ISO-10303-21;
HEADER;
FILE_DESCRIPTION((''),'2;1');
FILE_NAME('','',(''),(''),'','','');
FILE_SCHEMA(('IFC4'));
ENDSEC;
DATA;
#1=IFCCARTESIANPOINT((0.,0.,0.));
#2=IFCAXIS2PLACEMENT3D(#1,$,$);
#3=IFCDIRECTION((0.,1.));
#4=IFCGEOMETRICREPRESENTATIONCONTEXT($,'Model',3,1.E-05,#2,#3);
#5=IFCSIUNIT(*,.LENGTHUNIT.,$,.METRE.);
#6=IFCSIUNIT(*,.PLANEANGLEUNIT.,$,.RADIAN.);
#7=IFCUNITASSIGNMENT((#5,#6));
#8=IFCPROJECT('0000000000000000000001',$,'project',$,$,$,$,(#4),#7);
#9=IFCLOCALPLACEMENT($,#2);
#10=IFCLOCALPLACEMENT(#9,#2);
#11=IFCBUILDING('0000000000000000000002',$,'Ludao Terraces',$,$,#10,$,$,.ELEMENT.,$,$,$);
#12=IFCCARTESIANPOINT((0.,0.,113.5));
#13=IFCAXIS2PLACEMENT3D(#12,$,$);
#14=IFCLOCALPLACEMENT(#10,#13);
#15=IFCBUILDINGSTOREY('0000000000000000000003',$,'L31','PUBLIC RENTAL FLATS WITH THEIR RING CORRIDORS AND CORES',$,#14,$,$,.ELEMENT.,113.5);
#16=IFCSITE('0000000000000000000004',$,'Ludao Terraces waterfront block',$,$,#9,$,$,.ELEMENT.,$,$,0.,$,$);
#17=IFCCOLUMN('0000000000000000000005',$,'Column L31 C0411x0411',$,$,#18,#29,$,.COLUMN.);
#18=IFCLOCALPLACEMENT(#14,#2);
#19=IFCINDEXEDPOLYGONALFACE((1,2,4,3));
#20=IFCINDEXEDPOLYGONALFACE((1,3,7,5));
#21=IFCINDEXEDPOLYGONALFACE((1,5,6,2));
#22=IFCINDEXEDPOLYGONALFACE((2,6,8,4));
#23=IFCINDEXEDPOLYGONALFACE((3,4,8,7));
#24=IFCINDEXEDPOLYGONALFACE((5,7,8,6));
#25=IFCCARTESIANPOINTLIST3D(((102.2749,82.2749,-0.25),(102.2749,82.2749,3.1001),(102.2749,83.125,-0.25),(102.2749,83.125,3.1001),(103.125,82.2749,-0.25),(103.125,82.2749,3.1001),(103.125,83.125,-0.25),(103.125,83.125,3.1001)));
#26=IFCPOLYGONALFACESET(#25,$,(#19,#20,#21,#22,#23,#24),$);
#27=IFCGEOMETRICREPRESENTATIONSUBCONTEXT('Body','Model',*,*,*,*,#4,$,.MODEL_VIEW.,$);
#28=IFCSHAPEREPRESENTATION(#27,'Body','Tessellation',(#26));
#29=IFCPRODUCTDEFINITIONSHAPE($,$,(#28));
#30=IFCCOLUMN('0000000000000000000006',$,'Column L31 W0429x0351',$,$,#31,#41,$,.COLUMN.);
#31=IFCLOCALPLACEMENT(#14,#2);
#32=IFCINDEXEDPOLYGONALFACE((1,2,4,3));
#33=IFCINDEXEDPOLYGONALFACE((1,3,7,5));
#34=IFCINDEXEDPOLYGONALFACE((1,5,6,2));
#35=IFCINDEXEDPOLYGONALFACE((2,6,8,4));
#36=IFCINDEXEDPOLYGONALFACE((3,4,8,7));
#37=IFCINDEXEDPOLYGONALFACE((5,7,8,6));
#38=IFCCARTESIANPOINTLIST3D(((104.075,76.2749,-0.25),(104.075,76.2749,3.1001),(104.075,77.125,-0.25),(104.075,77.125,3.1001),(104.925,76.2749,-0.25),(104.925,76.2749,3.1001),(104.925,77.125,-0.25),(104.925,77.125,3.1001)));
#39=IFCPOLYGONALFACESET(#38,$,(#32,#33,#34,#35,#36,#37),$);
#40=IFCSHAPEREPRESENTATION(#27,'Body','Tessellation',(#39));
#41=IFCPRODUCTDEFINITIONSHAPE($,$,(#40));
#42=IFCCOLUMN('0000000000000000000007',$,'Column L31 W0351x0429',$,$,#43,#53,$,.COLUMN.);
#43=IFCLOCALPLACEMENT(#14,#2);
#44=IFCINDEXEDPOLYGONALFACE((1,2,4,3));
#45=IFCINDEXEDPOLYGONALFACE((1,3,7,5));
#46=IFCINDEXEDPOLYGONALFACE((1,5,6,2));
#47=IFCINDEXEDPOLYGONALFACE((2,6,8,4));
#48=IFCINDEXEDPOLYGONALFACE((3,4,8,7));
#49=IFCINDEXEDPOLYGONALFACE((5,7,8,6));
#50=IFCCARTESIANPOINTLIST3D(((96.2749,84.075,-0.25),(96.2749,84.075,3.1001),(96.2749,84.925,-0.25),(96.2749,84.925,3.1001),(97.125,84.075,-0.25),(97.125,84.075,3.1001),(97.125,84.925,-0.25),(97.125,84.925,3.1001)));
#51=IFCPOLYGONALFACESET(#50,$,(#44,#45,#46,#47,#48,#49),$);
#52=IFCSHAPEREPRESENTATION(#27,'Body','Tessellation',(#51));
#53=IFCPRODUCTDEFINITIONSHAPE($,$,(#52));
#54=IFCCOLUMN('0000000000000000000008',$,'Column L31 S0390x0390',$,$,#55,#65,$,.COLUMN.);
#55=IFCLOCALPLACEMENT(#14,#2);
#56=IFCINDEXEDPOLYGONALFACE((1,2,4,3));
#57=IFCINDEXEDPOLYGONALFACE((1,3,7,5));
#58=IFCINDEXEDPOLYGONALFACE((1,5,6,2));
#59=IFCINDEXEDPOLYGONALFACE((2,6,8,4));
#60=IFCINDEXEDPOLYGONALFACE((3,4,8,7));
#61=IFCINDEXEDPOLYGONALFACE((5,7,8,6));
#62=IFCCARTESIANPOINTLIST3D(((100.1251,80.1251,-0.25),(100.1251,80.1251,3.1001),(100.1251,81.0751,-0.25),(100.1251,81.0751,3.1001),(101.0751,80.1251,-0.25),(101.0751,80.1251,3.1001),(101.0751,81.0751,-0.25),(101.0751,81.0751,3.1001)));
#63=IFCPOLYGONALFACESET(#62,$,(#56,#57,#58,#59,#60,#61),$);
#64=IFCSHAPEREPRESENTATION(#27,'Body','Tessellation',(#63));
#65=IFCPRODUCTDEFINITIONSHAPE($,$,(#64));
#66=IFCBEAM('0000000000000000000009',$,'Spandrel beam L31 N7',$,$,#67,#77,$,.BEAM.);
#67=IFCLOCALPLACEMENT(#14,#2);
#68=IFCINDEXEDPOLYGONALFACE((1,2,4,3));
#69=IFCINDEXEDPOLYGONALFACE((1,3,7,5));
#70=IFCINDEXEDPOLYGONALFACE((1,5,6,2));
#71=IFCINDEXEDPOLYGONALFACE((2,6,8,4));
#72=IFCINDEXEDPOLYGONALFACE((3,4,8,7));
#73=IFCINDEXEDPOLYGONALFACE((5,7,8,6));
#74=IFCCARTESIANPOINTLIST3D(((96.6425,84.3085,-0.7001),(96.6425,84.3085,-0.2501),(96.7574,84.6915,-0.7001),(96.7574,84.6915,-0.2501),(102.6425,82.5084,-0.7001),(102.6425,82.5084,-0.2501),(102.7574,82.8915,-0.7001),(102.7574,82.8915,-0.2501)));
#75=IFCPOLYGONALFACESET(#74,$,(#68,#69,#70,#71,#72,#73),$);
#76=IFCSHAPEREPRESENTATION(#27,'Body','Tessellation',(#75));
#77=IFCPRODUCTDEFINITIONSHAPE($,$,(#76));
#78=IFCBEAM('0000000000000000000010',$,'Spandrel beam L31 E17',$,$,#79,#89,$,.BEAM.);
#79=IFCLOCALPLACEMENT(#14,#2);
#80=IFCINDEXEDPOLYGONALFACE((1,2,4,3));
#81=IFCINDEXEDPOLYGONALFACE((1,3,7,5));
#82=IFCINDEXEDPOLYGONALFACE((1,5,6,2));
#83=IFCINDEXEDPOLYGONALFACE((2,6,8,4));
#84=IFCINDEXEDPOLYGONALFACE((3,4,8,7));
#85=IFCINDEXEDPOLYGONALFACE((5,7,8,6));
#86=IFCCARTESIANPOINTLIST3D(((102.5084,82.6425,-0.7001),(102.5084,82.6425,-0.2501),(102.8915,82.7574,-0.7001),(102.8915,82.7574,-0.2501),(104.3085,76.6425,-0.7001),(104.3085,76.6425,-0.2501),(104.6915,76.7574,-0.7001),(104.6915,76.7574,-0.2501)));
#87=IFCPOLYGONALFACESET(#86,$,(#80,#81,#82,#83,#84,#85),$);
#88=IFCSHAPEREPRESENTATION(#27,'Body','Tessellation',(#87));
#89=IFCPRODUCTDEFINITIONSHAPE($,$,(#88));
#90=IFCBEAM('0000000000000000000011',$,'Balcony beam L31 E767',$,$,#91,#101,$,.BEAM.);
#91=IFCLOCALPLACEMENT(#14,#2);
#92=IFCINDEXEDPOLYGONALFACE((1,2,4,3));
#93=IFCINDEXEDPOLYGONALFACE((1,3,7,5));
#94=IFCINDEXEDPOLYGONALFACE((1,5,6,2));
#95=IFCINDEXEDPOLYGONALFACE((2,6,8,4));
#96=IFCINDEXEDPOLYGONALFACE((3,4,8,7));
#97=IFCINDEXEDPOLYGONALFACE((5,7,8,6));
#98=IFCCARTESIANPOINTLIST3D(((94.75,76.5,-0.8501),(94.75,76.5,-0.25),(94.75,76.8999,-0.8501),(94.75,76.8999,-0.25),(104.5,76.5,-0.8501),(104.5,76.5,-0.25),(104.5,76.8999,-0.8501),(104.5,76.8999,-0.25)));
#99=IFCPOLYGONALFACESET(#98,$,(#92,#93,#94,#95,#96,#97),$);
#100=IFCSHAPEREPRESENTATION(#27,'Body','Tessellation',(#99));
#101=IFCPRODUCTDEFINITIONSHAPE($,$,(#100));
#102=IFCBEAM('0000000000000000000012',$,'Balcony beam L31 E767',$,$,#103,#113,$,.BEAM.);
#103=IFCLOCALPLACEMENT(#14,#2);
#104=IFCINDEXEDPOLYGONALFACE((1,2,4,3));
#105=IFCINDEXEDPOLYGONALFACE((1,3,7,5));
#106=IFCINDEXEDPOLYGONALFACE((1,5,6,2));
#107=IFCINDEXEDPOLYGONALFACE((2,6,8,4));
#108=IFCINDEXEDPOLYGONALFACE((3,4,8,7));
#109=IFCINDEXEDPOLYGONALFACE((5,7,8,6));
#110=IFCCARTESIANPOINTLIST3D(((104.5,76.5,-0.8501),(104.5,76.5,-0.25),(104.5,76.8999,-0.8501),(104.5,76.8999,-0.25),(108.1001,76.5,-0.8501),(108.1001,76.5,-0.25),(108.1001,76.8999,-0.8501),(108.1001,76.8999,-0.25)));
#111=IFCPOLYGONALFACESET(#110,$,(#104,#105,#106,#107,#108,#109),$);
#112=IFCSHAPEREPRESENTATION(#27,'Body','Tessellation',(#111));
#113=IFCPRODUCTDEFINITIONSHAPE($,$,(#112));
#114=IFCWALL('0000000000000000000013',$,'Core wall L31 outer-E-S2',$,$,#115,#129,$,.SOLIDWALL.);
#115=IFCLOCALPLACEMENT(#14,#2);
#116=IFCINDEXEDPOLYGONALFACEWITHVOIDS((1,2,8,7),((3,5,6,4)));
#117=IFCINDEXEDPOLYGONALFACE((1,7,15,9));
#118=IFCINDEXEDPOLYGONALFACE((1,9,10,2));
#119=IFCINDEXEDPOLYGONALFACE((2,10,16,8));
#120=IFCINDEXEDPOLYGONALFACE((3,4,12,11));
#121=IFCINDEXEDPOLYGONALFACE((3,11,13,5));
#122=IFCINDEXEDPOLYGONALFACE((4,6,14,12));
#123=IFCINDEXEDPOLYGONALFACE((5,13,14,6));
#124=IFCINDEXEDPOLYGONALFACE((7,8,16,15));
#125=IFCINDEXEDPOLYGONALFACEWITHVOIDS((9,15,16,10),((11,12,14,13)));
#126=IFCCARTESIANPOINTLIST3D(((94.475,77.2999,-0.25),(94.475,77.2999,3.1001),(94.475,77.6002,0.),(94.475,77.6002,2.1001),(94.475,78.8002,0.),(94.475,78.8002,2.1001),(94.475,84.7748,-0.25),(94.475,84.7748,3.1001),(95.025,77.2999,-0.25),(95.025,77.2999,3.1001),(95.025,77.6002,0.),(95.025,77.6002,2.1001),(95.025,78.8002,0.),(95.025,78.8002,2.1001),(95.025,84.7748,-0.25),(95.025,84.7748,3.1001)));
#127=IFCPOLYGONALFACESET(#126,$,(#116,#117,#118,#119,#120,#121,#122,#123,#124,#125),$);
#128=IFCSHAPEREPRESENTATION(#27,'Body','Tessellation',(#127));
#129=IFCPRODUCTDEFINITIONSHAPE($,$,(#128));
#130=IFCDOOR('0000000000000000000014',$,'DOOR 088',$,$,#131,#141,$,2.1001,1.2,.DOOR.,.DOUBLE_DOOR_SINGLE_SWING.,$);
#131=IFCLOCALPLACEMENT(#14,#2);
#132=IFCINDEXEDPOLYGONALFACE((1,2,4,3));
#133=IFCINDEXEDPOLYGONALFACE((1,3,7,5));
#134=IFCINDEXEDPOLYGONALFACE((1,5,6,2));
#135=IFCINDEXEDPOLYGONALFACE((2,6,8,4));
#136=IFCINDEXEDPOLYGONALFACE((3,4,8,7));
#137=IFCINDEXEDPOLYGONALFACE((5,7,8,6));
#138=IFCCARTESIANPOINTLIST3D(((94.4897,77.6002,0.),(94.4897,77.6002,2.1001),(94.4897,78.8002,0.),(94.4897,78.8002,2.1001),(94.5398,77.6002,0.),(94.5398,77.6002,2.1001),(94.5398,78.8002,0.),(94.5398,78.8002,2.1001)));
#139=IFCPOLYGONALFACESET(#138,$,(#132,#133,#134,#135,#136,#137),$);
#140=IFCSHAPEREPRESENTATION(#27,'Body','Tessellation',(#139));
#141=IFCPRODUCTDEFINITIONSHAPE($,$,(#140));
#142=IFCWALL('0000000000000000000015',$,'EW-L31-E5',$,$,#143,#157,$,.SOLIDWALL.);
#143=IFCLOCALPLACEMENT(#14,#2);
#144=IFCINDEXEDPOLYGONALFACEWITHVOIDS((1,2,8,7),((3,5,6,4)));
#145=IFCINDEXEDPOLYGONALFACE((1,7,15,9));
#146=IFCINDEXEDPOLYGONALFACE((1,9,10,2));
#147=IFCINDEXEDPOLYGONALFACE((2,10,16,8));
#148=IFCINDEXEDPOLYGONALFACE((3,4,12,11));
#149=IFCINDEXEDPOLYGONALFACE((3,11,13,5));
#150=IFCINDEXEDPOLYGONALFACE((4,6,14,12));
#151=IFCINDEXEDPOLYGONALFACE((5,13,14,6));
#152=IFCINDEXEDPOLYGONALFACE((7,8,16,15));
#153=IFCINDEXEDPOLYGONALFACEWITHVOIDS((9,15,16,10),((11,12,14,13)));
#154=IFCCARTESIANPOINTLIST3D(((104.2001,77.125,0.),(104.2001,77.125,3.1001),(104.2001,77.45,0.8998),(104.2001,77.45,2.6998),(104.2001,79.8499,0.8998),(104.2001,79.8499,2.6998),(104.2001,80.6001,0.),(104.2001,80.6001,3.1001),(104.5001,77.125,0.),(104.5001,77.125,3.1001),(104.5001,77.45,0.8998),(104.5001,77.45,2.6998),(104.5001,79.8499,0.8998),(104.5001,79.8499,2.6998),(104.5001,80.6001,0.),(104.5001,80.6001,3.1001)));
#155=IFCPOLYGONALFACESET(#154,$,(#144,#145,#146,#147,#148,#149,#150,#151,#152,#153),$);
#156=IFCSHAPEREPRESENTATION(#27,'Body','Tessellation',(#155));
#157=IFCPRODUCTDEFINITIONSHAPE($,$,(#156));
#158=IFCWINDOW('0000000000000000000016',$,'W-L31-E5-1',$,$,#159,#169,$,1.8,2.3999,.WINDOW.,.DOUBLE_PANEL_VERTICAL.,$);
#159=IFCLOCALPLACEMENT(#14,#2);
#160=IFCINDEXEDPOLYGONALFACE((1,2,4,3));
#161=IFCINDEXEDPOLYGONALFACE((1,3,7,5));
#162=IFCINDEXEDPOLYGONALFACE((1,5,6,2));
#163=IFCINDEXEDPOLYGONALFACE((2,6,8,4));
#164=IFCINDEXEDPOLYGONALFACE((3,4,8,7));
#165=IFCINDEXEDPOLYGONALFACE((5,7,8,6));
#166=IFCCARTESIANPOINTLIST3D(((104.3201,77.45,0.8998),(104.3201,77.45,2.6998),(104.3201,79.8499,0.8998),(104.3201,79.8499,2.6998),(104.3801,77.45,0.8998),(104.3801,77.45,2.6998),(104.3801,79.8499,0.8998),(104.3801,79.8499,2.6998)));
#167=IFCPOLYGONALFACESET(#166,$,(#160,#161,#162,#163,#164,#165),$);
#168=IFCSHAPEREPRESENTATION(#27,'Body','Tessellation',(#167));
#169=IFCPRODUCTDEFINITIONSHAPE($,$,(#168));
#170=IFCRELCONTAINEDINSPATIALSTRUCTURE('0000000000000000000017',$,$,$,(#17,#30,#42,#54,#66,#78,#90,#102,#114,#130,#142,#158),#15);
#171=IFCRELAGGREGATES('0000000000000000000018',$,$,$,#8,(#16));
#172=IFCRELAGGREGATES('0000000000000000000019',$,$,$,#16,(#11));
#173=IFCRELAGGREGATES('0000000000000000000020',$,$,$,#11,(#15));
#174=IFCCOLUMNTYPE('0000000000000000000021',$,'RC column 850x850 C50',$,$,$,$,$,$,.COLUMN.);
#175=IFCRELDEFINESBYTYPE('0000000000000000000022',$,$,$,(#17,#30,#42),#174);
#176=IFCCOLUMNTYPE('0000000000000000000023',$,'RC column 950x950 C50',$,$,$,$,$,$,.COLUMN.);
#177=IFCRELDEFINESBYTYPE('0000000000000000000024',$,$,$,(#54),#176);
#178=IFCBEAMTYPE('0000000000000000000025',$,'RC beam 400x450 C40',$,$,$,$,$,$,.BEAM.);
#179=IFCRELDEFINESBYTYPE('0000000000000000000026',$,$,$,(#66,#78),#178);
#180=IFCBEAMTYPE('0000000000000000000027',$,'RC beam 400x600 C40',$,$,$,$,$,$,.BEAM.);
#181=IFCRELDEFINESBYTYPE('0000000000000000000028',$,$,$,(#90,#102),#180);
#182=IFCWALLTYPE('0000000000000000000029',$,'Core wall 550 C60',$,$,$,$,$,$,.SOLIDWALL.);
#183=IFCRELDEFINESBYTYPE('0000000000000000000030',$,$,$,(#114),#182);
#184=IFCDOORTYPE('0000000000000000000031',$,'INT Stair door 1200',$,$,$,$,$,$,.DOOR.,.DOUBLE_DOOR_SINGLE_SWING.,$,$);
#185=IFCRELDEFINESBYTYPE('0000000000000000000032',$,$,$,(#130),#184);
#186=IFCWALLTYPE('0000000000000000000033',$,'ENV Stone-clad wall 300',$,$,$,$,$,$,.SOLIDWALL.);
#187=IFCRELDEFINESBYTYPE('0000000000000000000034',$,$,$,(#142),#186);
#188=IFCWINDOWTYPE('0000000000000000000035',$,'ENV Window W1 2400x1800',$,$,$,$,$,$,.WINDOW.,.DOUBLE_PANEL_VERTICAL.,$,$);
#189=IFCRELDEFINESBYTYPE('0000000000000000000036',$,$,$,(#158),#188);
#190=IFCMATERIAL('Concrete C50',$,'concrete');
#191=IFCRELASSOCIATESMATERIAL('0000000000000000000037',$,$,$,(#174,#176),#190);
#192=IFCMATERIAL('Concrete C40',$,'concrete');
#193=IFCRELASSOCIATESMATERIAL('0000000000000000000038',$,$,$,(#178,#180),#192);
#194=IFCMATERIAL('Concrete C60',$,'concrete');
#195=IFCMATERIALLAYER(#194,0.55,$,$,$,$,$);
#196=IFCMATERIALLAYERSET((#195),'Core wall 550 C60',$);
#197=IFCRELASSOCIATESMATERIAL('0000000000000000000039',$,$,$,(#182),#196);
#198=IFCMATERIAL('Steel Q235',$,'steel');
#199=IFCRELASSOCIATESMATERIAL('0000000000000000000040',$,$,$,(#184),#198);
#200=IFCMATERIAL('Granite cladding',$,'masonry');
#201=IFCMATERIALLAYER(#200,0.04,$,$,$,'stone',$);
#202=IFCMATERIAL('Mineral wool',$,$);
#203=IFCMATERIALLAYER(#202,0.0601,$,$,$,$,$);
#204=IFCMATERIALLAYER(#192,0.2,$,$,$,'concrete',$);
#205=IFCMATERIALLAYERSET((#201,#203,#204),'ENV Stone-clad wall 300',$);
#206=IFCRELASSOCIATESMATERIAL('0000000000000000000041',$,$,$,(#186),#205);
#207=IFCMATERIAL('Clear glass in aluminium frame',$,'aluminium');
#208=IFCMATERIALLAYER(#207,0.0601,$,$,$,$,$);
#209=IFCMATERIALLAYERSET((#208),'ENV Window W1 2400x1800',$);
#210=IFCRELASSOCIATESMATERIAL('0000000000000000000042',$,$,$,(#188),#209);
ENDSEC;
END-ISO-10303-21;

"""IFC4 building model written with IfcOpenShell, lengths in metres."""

from ifc_helpers import new_model, si_unit, direction, frame, frame_2d, origin, origin_2d, place, context, subcontext, project, spatial, rectangle, extrude, material, layer, layer_set, material_profile, profile_set, type_object, element, fill, save


model = new_model("IFC4")

# Units and contexts
model_context = context("Model", 3, precision=1e-05, world=origin(), true_north=direction((0.0, 1.0)))
body_context = subcontext(model_context, "Body", "Model", "MODEL_VIEW")
ifc_project = project(units=[si_unit("LENGTHUNIT", "METRE"), si_unit("PLANEANGLEUNIT", "RADIAN")], contexts=[model_context])

# Site, building, storey
site_placement = place(None, origin())
site = spatial("IfcSite", under=ifc_project, at=site_placement, Name="Ludao Terraces waterfront block", CompositionType="ELEMENT", RefElevation=0.0)
building_placement = place(site_placement, origin())
building = spatial("IfcBuilding", under=site, at=building_placement, Name="Ludao Terraces", CompositionType="ELEMENT")
storey_placement = place(building_placement, frame((0.0, 0.0, 113.5)))
storey = spatial("IfcBuildingStorey", under=building, at=storey_placement, Name="L31", Description="PUBLIC RENTAL FLATS WITH THEIR RING CORRIDORS AND CORES", CompositionType="ELEMENT", Elevation=113.5)

# Columns
ifc_material_1 = material(Name="Concrete C50", Category="concrete")
ifc_material_profile_1 = material_profile(ifc_material_1, rectangle(XDim=0.8501, YDim=0.8501, at=origin_2d()), Name="850 X 850")
ifc_profile_set_1 = profile_set([ifc_material_profile_1], Name="Concrete C50")
column_type_1 = type_object("IfcColumnType", Name="RC column 850x850 C50", PredefinedType="COLUMN", material=ifc_profile_set_1)
for number, where, z_axis, x_axis, name in (
    (1, (102.7, 82.7, -0.25), (0.0, 0.0, 1.0), (1.0, 0.0, 0.0), "Column L31 C0411x0411"),
    (2, (104.5, 76.7, -0.25), (0.0, 0.0, 1.0), (1.0, 0.0, 0.0), "Column L31 W0429x0351"),
    (3, (96.7, 84.5, -0.25), (0.0, 0.0, 1.0), (1.0, 0.0, 0.0), "Column L31 W0351x0429"),
):
    element("IfcColumn", number, at=place(storey_placement, frame(where, z_axis=z_axis, x_axis=x_axis)), inside=storey, type_object=column_type_1, Name=name, PredefinedType="COLUMN", context=body_context, shape_type="SweptSolid", body=[
        extrude(rectangle(XDim=0.8501, YDim=0.8501, at=origin_2d()), origin(), (0.0, 0.0, 1.0), 3.3501),
    ])
ifc_material_profile_2 = material_profile(ifc_material_1, rectangle(XDim=0.95, YDim=0.95, at=origin_2d()), Name="950 X 950")
ifc_profile_set_2 = profile_set([ifc_material_profile_2], Name="Concrete C50")
column_type_2 = type_object("IfcColumnType", Name="RC column 950x950 C50", PredefinedType="COLUMN", material=ifc_profile_set_2)
column_placement = place(storey_placement, frame((100.6001, 80.6001, -0.25), z_axis=(0.0, 0.0, 1.0), x_axis=(1.0, 0.0, 0.0)))
element("IfcColumn", 4, at=column_placement, inside=storey, type_object=column_type_2, Name="Column L31 S0390x0390", PredefinedType="COLUMN", context=body_context, shape_type="SweptSolid", body=[
    extrude(rectangle(XDim=0.95, YDim=0.95, at=origin_2d()), origin(), (0.0, 0.0, 1.0), 3.3501),
])

# Beams
ifc_material_2 = material(Name="Concrete C40", Category="concrete")
ifc_material_profile_3 = material_profile(ifc_material_2, rectangle(XDim=0.3999, YDim=0.45, at=origin_2d()), Name="400 X 450")
ifc_profile_set_3 = profile_set([ifc_material_profile_3], Name="Concrete C40")
beam_type_1 = type_object("IfcBeamType", Name="RC beam 400x450 C40", PredefinedType="BEAM", material=ifc_profile_set_3)
for number, where, z_axis, x_axis, name in (
    (5, (96.7, 84.5, -0.4751), (0.957824, -0.287355, 0.0), (0.287355, 0.957824, 0.0), "Spandrel beam L31 N7"),
    (6, (104.5, 76.7, -0.4751), (-0.287355, 0.957824, 0.0), (-0.957824, -0.287355, 0.0), "Spandrel beam L31 E17"),
):
    element("IfcBeam", number, at=place(storey_placement, frame(where, z_axis=z_axis, x_axis=x_axis)), inside=storey, type_object=beam_type_1, Name=name, PredefinedType="BEAM", context=body_context, shape_type="SweptSolid", body=[
        extrude(rectangle(XDim=0.3999, YDim=0.45, at=origin_2d()), origin(), (0.0, 0.0, 1.0), 6.2642),
    ])
ifc_material_profile_4 = material_profile(ifc_material_2, rectangle(XDim=0.3999, YDim=0.6001, at=origin_2d()), Name="400 X 600")
ifc_profile_set_4 = profile_set([ifc_material_profile_4], Name="Concrete C40")
beam_type_2 = type_object("IfcBeamType", Name="RC beam 400x600 C40", PredefinedType="BEAM", material=ifc_profile_set_4)
beam_1_placement = place(storey_placement, frame((94.75, 76.7, -0.55), z_axis=(1.0, 0.0, 0.0), x_axis=(0.0, 1.0, 0.0)))
element("IfcBeam", 7, at=beam_1_placement, inside=storey, type_object=beam_type_2, Name="Balcony beam L31 E767", PredefinedType="BEAM", context=body_context, shape_type="SweptSolid", body=[
    extrude(rectangle(XDim=0.3999, YDim=0.6001, at=origin_2d()), origin(), (0.0, 0.0, 1.0), 9.75),
])
beam_2_placement = place(storey_placement, frame((104.5, 76.7, -0.55), z_axis=(1.0, 0.0, 0.0), x_axis=(0.0, 1.0, 0.0)))
element("IfcBeam", 8, at=beam_2_placement, inside=storey, type_object=beam_type_2, Name="Balcony beam L31 E767", PredefinedType="BEAM", context=body_context, shape_type="SweptSolid", body=[
    extrude(rectangle(XDim=0.3999, YDim=0.6001, at=origin_2d()), origin(), (0.0, 0.0, 1.0), 3.6001),
])

# Wall, opening, door
ifc_material_3 = material(Name="Concrete C60", Category="concrete")
ifc_layer_1 = layer(ifc_material_3, 0.55)
ifc_layer_set_1 = layer_set([ifc_layer_1], Name="Core wall 550 C60")
wall_type_1 = type_object("IfcWallType", Name="Core wall 550 C60", PredefinedType="SOLIDWALL", material=ifc_layer_set_1)
wall_1_placement = place(storey_placement, frame((94.75, 77.3, -0.25), z_axis=(0.0, 0.0, 1.0), x_axis=(0.0, 1.0, 0.0)))
wall_1 = element("IfcWall", 9, at=wall_1_placement, inside=storey, type_object=wall_type_1, Name="Core wall L31 outer-E-S2", PredefinedType="SOLIDWALL", context=body_context, shape_type="SweptSolid", body=[
    extrude(rectangle(XDim=7.4749, YDim=0.55, at=frame_2d((3.7373, 0.0))), origin(), (0.0, 0.0, 1.0), 3.3501),
])
opening_1_placement = place(wall_1_placement, frame((0.3, 0.0, 0.25)))
opening_1 = element("IfcOpeningElement", 10, at=opening_1_placement, cuts=wall_1, PredefinedType="OPENING", context=body_context, shape_type="SweptSolid", body=[
    extrude(rectangle(XDim=1.2, YDim=2.1001, at=frame_2d((0.6001, 1.05))), frame((0.0, 0.2852, 0.0), z_axis=(0.0, -1.0, 0.0), x_axis=(1.0, 0.0, 0.0)), (0.0, 0.0, 1.0), 0.5701),
])
ifc_material_4 = material(Name="Steel Q235", Category="steel")
door_type_1 = type_object("IfcDoorType", Name="INT Stair door 1200", OperationType="DOUBLE_DOOR_SINGLE_SWING", PredefinedType="DOOR", material=ifc_material_4)
door_1_placement = place(opening_1_placement, origin())
door_1 = element("IfcDoor", 11, at=door_1_placement, inside=storey, type_object=door_type_1, Name="DOOR 088", OperationType="DOUBLE_DOOR_SINGLE_SWING", OverallHeight=2.1001, OverallWidth=1.2, PredefinedType="DOOR", context=body_context, shape_type="SweptSolid", body=[
    extrude(rectangle(XDim=1.2, YDim=2.1001, at=frame_2d((0.6001, 1.05))), frame((0.0, 0.2603, 0.0), z_axis=(0.0, -1.0, 0.0), x_axis=(1.0, 0.0, 0.0)), (0.0, 0.0, 1.0), 0.05),
])
fill(opening_1, door_1)

# Wall, opening, window
ifc_material_5 = material(Name="Granite cladding", Category="masonry")
ifc_layer_2 = layer(ifc_material_5, 0.04, Category="stone")
ifc_material_6 = material(Name="Mineral wool")
ifc_layer_3 = layer(ifc_material_6, 0.0601)
ifc_layer_4 = layer(ifc_material_2, 0.2, Category="concrete")
ifc_layer_set_2 = layer_set([ifc_layer_2, ifc_layer_3, ifc_layer_4], Name="ENV Stone-clad wall 300")
wall_type_2 = type_object("IfcWallType", Name="ENV Stone-clad wall 300", PredefinedType="SOLIDWALL", material=ifc_layer_set_2)
wall_2_placement = place(storey_placement, frame((104.3501, 77.125, 0.0), z_axis=(0.0, 0.0, 1.0), x_axis=(0.0, 1.0, 0.0)))
wall_2 = element("IfcWall", 12, at=wall_2_placement, inside=storey, type_object=wall_type_2, Name="EW-L31-E5", PredefinedType="SOLIDWALL", context=body_context, shape_type="SweptSolid", body=[
    extrude(rectangle(XDim=3.4751, YDim=0.3, at=frame_2d((1.7375, 0.0))), origin(), (0.0, 0.0, 1.0), 3.1001),
])
opening_2_placement = place(wall_2_placement, frame((0.325, 0.0, 0.8999)))
opening_2 = element("IfcOpeningElement", 13, at=opening_2_placement, cuts=wall_2, PredefinedType="OPENING", context=body_context, shape_type="SweptSolid", body=[
    extrude(rectangle(XDim=2.3999, YDim=1.8, at=frame_2d((1.2, 0.8999))), frame((0.0, 0.1602, 0.0), z_axis=(0.0, -1.0, 0.0), x_axis=(1.0, 0.0, 0.0)), (0.0, 0.0, 1.0), 0.3201),
])
ifc_material_7 = material(Name="Clear glass in aluminium frame", Category="aluminium")
ifc_layer_5 = layer(ifc_material_7, 0.0601)
ifc_layer_set_3 = layer_set([ifc_layer_5], Name="ENV Window W1 2400x1800")
window_type_1 = type_object("IfcWindowType", Name="ENV Window W1 2400x1800", PartitioningType="DOUBLE_PANEL_VERTICAL", PredefinedType="WINDOW", material=ifc_layer_set_3)
window_1_placement = place(opening_2_placement, origin())
window_1 = element("IfcWindow", 14, at=window_1_placement, inside=storey, type_object=window_type_1, Name="W-L31-E5-1", OverallHeight=1.8, OverallWidth=2.3999, PartitioningType="DOUBLE_PANEL_VERTICAL", PredefinedType="WINDOW", context=body_context, shape_type="SweptSolid", body=[
    extrude(rectangle(XDim=2.3999, YDim=1.8, at=frame_2d((1.2, 0.8999))), frame((0.0, 0.03, 0.0), z_axis=(0.0, -1.0, 0.0), x_axis=(1.0, 0.0, 0.0)), (0.0, 0.0, 1.0), 0.0601),
])
fill(opening_2, window_1)

save(model, "model.ifc")
